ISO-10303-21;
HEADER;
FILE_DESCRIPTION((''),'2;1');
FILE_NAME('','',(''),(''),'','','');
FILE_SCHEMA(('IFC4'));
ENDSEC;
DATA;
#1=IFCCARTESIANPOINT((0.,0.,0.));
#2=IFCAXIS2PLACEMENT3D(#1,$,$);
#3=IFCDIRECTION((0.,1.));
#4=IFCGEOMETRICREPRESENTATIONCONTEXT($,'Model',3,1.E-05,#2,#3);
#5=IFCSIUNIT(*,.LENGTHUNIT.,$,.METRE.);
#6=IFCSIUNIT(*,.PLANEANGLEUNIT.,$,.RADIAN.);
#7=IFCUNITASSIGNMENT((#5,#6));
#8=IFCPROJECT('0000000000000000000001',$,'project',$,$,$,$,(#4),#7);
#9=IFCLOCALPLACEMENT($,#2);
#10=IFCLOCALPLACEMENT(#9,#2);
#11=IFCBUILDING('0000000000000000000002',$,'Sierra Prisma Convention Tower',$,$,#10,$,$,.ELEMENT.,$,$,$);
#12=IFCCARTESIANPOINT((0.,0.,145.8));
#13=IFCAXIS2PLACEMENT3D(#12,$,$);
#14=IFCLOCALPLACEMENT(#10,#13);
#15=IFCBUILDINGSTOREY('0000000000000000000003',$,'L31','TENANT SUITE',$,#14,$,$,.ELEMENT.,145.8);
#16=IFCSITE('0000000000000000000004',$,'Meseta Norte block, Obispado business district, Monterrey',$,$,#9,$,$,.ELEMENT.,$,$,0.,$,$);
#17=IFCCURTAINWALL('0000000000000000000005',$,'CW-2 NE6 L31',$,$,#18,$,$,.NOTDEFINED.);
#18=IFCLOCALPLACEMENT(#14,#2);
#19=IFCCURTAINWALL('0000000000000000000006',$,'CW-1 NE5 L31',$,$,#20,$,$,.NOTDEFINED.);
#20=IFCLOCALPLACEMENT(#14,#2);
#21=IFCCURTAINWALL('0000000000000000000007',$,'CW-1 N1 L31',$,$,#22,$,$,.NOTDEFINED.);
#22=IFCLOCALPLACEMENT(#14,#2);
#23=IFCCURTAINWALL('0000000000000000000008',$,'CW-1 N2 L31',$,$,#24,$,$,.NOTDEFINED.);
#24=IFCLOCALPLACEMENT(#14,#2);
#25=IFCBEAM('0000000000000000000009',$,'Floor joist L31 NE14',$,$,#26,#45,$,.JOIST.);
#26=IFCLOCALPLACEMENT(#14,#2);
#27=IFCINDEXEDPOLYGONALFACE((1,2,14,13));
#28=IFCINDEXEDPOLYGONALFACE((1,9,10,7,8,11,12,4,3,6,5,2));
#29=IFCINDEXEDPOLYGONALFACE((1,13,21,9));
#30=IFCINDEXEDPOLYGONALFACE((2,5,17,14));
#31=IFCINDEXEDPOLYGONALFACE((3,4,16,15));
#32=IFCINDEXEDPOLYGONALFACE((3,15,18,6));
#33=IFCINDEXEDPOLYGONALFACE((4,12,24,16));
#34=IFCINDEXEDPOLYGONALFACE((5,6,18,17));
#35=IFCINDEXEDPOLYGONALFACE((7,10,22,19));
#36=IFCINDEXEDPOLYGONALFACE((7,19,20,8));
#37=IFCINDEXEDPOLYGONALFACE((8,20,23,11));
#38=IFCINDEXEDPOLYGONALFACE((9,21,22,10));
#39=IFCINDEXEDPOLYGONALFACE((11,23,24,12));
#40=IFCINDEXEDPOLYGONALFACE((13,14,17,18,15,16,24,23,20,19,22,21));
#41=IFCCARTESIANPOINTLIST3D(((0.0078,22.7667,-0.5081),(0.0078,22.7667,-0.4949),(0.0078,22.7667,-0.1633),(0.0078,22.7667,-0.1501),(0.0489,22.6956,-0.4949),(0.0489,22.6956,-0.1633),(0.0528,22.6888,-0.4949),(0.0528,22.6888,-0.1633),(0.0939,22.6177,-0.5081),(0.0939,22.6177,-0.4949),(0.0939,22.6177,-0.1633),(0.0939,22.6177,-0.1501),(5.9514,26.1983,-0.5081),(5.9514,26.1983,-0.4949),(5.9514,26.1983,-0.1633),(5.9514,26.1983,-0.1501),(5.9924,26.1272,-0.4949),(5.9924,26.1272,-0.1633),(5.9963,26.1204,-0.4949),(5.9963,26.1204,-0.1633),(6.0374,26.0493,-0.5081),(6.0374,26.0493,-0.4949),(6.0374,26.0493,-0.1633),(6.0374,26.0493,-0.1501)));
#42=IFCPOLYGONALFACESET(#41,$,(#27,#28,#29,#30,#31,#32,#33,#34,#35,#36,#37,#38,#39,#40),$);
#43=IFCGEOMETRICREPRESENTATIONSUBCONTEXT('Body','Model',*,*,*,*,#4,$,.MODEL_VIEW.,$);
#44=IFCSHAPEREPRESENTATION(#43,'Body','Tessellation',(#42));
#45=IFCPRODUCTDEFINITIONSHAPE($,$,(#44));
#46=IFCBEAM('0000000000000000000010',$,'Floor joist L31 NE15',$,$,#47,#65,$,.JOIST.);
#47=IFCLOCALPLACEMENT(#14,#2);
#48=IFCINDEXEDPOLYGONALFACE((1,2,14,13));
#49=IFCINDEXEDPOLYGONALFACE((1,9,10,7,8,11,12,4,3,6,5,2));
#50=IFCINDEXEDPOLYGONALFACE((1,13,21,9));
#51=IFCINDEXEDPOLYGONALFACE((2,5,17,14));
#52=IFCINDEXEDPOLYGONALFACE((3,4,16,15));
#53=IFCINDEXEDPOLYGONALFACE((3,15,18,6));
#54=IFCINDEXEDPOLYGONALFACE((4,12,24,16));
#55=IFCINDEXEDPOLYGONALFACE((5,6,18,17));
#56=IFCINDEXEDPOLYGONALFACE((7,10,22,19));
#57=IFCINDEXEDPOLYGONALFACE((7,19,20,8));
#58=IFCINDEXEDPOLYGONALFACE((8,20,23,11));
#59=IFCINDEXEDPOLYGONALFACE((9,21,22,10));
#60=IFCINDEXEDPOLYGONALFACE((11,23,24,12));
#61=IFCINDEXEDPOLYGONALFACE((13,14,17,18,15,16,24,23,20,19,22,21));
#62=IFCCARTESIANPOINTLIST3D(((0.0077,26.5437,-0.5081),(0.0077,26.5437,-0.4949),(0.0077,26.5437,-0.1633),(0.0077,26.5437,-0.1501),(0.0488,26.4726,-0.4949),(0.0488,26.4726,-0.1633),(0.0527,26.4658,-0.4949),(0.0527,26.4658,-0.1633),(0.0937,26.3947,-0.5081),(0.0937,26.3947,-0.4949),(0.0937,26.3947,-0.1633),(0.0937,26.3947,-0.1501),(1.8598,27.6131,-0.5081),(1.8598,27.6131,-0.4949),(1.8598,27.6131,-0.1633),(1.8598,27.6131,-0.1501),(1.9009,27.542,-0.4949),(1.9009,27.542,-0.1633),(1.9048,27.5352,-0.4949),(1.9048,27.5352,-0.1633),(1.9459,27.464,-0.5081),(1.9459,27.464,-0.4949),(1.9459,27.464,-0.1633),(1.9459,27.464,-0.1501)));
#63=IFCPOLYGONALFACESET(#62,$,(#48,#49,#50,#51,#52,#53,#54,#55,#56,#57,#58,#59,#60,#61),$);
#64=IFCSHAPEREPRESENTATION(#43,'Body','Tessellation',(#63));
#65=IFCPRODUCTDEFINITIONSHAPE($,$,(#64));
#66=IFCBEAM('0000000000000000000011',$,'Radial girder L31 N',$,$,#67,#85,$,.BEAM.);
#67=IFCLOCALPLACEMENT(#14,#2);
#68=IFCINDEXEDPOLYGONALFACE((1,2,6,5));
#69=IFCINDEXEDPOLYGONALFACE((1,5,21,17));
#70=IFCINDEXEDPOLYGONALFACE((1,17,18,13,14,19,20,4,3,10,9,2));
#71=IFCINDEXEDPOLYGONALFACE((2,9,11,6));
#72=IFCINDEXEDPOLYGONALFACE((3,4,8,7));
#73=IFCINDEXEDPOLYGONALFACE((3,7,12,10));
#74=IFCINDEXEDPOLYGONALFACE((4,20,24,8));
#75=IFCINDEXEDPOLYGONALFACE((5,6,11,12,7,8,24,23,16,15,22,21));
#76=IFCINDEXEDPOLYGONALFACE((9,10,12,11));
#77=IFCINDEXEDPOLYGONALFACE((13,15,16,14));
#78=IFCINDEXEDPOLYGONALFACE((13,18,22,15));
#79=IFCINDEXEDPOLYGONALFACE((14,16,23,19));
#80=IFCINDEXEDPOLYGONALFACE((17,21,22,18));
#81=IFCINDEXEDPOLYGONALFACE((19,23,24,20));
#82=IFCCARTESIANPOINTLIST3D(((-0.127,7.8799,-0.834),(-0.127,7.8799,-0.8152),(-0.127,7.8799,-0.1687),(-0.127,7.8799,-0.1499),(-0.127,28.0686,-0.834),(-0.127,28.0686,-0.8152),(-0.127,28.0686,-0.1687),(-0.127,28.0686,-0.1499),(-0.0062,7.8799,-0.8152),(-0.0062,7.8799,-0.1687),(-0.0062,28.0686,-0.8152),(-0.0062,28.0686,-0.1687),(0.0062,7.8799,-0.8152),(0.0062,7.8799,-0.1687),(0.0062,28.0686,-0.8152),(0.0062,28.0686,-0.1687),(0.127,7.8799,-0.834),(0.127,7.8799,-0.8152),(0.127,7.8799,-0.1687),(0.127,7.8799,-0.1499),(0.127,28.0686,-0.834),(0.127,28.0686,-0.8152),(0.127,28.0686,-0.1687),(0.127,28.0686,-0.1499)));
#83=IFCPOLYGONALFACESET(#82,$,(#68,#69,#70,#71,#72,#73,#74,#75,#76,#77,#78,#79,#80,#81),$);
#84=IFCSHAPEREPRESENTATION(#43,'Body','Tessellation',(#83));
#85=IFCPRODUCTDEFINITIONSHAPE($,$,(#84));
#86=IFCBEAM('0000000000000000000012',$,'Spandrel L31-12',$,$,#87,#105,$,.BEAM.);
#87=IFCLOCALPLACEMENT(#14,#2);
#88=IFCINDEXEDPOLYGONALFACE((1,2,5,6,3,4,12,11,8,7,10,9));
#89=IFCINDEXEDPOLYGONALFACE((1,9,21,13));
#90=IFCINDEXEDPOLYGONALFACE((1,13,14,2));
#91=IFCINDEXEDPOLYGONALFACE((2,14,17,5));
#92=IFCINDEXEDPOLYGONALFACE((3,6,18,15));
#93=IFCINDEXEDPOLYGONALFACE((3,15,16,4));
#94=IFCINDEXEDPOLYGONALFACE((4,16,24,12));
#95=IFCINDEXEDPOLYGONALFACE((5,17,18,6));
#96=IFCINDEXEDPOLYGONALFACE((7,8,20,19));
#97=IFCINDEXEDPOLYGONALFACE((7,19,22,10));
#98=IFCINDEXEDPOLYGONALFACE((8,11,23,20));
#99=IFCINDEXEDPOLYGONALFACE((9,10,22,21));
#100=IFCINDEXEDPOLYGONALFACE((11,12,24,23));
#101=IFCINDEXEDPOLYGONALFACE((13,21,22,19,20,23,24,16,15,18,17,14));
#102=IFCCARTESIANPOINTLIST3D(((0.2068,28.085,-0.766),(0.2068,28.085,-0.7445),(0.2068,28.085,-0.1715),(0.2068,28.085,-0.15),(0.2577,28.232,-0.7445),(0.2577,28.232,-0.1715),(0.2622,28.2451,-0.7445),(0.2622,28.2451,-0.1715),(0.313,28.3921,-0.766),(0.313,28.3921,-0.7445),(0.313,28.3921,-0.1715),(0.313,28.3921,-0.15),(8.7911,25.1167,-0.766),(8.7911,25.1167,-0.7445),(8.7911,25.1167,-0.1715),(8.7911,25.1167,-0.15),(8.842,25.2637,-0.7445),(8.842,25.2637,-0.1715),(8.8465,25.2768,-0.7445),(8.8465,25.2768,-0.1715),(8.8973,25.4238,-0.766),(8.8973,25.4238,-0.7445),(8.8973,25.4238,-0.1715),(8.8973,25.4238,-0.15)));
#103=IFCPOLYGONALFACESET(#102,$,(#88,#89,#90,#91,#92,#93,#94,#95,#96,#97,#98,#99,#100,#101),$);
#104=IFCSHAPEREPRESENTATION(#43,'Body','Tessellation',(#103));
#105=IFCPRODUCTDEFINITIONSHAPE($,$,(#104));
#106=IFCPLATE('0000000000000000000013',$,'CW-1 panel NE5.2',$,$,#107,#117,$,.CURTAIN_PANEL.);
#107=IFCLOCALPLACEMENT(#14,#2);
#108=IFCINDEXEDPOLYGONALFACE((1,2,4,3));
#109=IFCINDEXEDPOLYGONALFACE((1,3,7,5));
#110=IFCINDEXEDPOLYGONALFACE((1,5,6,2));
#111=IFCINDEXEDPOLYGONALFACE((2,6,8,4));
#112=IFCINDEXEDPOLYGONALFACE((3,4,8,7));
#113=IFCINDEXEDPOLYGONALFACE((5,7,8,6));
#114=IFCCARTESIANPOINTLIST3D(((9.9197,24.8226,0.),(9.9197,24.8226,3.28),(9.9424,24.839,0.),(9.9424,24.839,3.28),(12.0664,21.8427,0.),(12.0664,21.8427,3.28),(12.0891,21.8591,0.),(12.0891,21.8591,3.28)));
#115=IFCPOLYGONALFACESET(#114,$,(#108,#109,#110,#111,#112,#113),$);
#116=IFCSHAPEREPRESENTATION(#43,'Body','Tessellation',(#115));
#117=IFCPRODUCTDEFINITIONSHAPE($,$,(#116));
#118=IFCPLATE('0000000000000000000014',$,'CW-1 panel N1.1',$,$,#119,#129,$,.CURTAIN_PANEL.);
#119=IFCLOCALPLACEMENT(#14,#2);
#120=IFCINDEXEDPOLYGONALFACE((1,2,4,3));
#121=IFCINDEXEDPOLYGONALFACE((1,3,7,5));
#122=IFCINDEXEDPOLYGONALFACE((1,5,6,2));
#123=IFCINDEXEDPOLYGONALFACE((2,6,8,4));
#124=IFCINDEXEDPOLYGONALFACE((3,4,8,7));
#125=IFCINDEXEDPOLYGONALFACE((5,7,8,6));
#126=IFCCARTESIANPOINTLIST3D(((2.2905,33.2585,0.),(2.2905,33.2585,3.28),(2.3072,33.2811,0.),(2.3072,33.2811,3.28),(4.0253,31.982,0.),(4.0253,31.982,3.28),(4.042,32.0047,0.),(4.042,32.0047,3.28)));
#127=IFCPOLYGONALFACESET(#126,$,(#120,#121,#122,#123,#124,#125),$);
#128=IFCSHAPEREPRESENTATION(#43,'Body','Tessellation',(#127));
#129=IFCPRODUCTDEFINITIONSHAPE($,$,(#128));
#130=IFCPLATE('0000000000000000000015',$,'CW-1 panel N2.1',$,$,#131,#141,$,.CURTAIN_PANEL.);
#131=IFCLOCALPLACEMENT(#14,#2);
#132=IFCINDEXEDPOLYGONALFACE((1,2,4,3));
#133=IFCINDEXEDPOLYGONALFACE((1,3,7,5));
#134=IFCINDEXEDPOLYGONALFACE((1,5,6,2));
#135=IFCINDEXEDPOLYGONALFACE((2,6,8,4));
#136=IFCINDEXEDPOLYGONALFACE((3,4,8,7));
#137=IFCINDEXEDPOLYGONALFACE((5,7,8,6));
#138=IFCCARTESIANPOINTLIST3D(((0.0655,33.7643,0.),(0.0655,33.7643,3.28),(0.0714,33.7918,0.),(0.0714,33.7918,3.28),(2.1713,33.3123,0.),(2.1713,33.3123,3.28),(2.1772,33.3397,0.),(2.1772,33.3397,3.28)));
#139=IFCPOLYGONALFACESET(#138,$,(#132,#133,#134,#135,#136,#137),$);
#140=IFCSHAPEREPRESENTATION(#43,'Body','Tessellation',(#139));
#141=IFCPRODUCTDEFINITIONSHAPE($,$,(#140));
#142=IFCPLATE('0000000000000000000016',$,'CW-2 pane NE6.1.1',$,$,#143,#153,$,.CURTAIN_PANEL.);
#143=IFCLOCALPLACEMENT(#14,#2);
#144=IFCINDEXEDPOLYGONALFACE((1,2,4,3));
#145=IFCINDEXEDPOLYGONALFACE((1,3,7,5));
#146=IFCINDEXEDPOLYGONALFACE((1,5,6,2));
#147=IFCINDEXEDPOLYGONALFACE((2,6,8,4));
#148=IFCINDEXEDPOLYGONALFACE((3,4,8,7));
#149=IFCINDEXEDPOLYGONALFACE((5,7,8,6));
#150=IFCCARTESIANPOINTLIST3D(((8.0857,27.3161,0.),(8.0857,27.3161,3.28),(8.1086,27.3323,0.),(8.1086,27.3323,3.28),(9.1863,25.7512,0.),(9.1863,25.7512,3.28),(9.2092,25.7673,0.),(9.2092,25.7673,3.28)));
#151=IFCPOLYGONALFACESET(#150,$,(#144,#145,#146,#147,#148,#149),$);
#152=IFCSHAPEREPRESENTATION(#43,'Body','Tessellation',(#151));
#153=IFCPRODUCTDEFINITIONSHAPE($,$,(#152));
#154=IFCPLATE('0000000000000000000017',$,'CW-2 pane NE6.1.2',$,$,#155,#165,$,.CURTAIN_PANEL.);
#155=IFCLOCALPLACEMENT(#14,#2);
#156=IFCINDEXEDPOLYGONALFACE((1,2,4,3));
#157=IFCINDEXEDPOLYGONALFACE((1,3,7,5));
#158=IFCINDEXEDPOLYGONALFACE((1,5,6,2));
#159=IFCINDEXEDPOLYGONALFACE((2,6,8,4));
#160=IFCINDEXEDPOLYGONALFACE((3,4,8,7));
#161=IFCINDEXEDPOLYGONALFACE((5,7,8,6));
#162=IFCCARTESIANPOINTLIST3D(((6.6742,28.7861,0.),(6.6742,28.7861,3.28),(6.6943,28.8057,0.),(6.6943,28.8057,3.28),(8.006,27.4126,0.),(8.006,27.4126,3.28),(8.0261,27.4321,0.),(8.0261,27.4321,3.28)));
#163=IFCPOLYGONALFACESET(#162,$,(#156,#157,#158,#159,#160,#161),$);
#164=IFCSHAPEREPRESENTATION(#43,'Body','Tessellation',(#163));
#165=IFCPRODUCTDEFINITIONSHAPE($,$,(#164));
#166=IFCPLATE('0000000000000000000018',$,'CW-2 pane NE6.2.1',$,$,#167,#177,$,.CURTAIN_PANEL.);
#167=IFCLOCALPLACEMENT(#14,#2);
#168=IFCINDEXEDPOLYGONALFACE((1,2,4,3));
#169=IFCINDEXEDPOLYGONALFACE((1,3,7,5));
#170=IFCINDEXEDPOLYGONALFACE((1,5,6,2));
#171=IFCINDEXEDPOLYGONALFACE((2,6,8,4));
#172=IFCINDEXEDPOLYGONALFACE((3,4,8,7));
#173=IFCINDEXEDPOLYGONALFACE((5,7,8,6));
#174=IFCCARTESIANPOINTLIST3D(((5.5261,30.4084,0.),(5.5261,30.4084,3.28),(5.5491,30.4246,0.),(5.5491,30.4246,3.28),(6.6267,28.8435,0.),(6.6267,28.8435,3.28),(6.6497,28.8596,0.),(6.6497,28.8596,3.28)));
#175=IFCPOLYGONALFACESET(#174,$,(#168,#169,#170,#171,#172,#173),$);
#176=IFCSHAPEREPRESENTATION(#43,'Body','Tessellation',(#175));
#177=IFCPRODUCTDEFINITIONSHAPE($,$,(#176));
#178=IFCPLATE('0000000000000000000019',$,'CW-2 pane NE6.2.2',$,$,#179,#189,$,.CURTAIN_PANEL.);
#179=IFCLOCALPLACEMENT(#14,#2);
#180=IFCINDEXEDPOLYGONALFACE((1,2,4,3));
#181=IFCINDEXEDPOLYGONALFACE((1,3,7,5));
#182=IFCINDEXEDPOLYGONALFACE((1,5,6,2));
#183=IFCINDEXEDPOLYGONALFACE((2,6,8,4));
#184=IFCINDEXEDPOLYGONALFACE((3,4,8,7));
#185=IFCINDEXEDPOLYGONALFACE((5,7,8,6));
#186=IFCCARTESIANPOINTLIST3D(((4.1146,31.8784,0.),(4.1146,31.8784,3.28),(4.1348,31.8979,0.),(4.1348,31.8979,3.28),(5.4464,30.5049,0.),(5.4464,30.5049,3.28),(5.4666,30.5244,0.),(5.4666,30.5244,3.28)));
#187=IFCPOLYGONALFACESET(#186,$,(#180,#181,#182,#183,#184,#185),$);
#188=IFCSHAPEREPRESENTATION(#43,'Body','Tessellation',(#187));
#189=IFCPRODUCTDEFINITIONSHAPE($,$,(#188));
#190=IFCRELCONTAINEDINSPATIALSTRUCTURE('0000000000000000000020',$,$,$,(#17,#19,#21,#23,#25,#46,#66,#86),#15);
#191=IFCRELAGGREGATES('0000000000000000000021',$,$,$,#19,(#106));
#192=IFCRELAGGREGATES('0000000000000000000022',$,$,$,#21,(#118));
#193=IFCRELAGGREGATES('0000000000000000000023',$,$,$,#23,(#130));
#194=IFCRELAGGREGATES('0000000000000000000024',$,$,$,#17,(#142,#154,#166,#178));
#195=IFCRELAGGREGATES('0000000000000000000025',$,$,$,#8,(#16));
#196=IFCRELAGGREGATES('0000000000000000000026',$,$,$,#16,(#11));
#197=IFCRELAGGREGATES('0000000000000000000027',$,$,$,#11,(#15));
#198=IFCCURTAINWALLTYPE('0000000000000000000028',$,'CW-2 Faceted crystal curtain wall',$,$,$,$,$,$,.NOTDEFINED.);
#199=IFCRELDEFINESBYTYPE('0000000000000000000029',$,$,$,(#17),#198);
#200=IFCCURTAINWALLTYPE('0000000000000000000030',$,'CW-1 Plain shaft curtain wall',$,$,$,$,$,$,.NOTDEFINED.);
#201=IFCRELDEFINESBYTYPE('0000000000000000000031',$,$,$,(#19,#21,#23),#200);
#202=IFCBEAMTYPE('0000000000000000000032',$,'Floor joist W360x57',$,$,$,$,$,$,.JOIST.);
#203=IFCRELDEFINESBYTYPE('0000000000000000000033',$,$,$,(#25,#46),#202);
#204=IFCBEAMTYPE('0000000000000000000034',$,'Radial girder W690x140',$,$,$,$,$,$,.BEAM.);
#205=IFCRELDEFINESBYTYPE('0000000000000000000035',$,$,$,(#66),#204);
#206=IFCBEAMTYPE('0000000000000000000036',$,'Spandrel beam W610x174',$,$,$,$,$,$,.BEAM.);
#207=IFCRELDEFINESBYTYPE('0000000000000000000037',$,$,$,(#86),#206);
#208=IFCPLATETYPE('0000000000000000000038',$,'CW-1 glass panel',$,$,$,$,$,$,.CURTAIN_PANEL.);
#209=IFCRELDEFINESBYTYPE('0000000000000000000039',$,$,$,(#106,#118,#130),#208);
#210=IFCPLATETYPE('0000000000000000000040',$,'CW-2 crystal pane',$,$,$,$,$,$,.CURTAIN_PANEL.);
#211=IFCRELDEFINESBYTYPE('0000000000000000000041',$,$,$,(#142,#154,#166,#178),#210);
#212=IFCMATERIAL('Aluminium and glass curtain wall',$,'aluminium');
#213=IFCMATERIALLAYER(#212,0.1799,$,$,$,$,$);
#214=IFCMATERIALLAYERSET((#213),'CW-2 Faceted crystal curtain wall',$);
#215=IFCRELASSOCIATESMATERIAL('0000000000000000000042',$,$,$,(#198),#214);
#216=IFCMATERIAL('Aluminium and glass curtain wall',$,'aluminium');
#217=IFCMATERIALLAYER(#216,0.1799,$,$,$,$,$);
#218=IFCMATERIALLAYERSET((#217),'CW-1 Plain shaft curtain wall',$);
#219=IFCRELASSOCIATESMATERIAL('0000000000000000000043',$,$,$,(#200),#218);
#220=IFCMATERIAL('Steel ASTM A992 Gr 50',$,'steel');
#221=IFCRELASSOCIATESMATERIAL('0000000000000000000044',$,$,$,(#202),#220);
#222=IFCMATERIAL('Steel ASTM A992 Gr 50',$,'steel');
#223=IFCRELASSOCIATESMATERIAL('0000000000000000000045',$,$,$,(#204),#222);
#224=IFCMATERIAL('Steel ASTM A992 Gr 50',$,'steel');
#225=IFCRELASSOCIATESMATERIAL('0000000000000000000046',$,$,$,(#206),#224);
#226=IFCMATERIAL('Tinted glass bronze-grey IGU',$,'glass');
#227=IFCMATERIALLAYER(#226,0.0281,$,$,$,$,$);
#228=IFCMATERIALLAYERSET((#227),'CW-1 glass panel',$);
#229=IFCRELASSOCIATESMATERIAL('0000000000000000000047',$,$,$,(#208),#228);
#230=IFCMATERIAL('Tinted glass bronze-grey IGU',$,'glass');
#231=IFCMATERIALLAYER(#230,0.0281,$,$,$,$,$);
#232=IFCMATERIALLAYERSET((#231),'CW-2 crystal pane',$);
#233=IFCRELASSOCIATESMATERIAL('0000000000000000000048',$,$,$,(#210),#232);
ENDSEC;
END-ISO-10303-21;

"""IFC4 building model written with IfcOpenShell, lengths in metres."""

from ifc_helpers import new_model, si_unit, direction, frame, origin, origin_2d, place, context, subcontext, project, spatial, polyline, rectangle, i_section, outline, extrude, material, layer, layer_set, material_profile, profile_set, type_object, element, aggregate, save


model = new_model("IFC4")

# Units and contexts
model_context = context("Model", 3, precision=1e-05, world=origin(), true_north=direction((0.0, 1.0)))
body_context = subcontext(model_context, "Body", "Model", "MODEL_VIEW")
ifc_project = project(units=[si_unit("LENGTHUNIT", "METRE"), si_unit("PLANEANGLEUNIT", "RADIAN")], contexts=[model_context])

# Site, building, storey
site_placement = place(None, origin())
site = spatial("IfcSite", under=ifc_project, at=site_placement, Name="Meseta Norte block, Obispado business district, Monterrey", CompositionType="ELEMENT", RefElevation=0.0)
building_placement = place(site_placement, origin())
building = spatial("IfcBuilding", under=site, at=building_placement, Name="Sierra Prisma Convention Tower", CompositionType="ELEMENT")
storey_placement = place(building_placement, frame((0.0, 0.0, 145.8)))
storey = spatial("IfcBuildingStorey", under=building, at=storey_placement, Name="L31", Description="TENANT SUITE", CompositionType="ELEMENT", Elevation=145.8)

# Curtain walls
ifc_material_1 = material(Name="Aluminium and glass curtain wall", Category="aluminium")
ifc_layer_1 = layer(ifc_material_1, 0.1799)
ifc_layer_set_1 = layer_set([ifc_layer_1], Name="CW-2 Faceted crystal curtain wall")
curtain_wall_type_1 = type_object("IfcCurtainWallType", Name="CW-2 Faceted crystal curtain wall", PredefinedType="NOTDEFINED", material=ifc_layer_set_1)
curtain_wall_1_placement = place(storey_placement, origin())
curtain_wall_1 = element("IfcCurtainWall", 1, at=curtain_wall_1_placement, inside=storey, type_object=curtain_wall_type_1, Name="CW-2 NE6 L31", PredefinedType="NOTDEFINED")
ifc_material_2 = material(Name="Aluminium and glass curtain wall", Category="aluminium")
ifc_layer_2 = layer(ifc_material_2, 0.1799)
ifc_layer_set_2 = layer_set([ifc_layer_2], Name="CW-1 Plain shaft curtain wall")
curtain_wall_type_2 = type_object("IfcCurtainWallType", Name="CW-1 Plain shaft curtain wall", PredefinedType="NOTDEFINED", material=ifc_layer_set_2)
curtain_wall_2_placement = place(storey_placement, origin())
curtain_wall_2 = element("IfcCurtainWall", 2, at=curtain_wall_2_placement, inside=storey, type_object=curtain_wall_type_2, Name="CW-1 NE5 L31", PredefinedType="NOTDEFINED")

# Curtain walls
curtain_wall_3_placement = place(storey_placement, origin())
curtain_wall_3 = element("IfcCurtainWall", 3, at=curtain_wall_3_placement, inside=storey, type_object=curtain_wall_type_2, Name="CW-1 N1 L31", PredefinedType="NOTDEFINED")
curtain_wall_4_placement = place(storey_placement, origin())
curtain_wall_4 = element("IfcCurtainWall", 4, at=curtain_wall_4_placement, inside=storey, type_object=curtain_wall_type_2, Name="CW-1 N2 L31", PredefinedType="NOTDEFINED")

# Beams
ifc_material_3 = material(Name="Steel ASTM A992 Gr 50", Category="steel")
ifc_material_profile_1 = material_profile(ifc_material_3, i_section(OverallWidth=0.1721, OverallDepth=0.3579, WebThickness=0.0078, FlangeThickness=0.0132, at=origin_2d()), Name="W360x57")
ifc_profile_set_1 = profile_set([ifc_material_profile_1], Name="Steel ASTM A992 Gr 50")
beam_type_1 = type_object("IfcBeamType", Name="Floor joist W360x57", PredefinedType="JOIST", material=ifc_profile_set_1)
beam_1_placement = place(storey_placement, frame((5.9944, 26.1238, -0.3291), z_axis=(-0.866019, -0.500011, 0.0), x_axis=(0.500011, -0.866019, 0.0)))
element("IfcBeam", 5, at=beam_1_placement, inside=storey, type_object=beam_type_1, Name="Floor joist L31 NE14", PredefinedType="JOIST", context=body_context, shape_type="SweptSolid", body=[
    extrude(i_section(OverallWidth=0.1721, OverallDepth=0.3579, WebThickness=0.0078, FlangeThickness=0.0132, at=origin_2d()), origin(), (0.0, 0.0, 1.0), 6.863),
])
beam_2_placement = place(storey_placement, frame((1.9028, 27.5386, -0.3291), z_axis=(-0.866014, -0.500019, 0.0), x_axis=(0.500019, -0.866014, 0.0)))
element("IfcBeam", 6, at=beam_2_placement, inside=storey, type_object=beam_type_1, Name="Floor joist L31 NE15", PredefinedType="JOIST", context=body_context, shape_type="SweptSolid", body=[
    extrude(i_section(OverallWidth=0.1721, OverallDepth=0.3579, WebThickness=0.0078, FlangeThickness=0.0132, at=origin_2d()), origin(), (0.0, 0.0, 1.0), 2.1387),
])
ifc_material_4 = material(Name="Steel ASTM A992 Gr 50", Category="steel")
ifc_material_profile_2 = material_profile(ifc_material_4, i_section(OverallWidth=0.2539, OverallDepth=0.6841, WebThickness=0.0125, FlangeThickness=0.0188, at=origin_2d()), Name="W690x140")
ifc_profile_set_2 = profile_set([ifc_material_profile_2], Name="Steel ASTM A992 Gr 50")
beam_type_2 = type_object("IfcBeamType", Name="Radial girder W690x140", PredefinedType="BEAM", material=ifc_profile_set_2)
beam_3_placement = place(storey_placement, frame((0.0, 28.0686, -0.4919), z_axis=(0.0, -1.0, 0.0), x_axis=(1.0, 0.0, 0.0)))
element("IfcBeam", 7, at=beam_3_placement, inside=storey, type_object=beam_type_2, Name="Radial girder L31 N", PredefinedType="BEAM", context=body_context, shape_type="SweptSolid", body=[
    extrude(i_section(OverallWidth=0.2539, OverallDepth=0.6841, WebThickness=0.0125, FlangeThickness=0.0188, at=origin_2d()), origin(), (0.0, 0.0, 1.0), 20.1887),
])
ifc_material_5 = material(Name="Steel ASTM A992 Gr 50", Category="steel")
ifc_material_profile_3 = material_profile(ifc_material_5, i_section(OverallWidth=0.325, OverallDepth=0.616, WebThickness=0.0139, FlangeThickness=0.0215, at=origin_2d()), Name="W610x174")
ifc_profile_set_3 = profile_set([ifc_material_profile_3], Name="Steel ASTM A992 Gr 50")
beam_type_3 = type_object("IfcBeamType", Name="Spandrel beam W610x174", PredefinedType="BEAM", material=ifc_profile_set_3)
beam_4_placement = place(storey_placement, frame((8.8442, 25.2703, -0.458), z_axis=(-0.945095, 0.326796, 0.0), x_axis=(-0.326796, -0.945095, 0.0)))
element("IfcBeam", 8, at=beam_4_placement, inside=storey, type_object=beam_type_3, Name="Spandrel L31-12", PredefinedType="BEAM", context=body_context, shape_type="SweptSolid", body=[
    extrude(i_section(OverallWidth=0.325, OverallDepth=0.616, WebThickness=0.0139, FlangeThickness=0.0215, at=origin_2d()), origin(), (0.0, 0.0, 1.0), 9.083),
])

# Plates
ifc_material_6 = material(Name="Tinted glass bronze-grey IGU", Category="glass")
ifc_layer_3 = layer(ifc_material_6, 0.0281)
ifc_layer_set_3 = layer_set([ifc_layer_3], Name="CW-1 glass panel")
plate_type_1 = type_object("IfcPlateType", Name="CW-1 glass panel", PredefinedType="CURTAIN_PANEL", material=ifc_layer_set_3)
plate_1_placement = place(storey_placement, frame((11.0044, 23.3408, 0.0), z_axis=(0.0, 0.0, 1.0), x_axis=(-0.584519, 0.81138, 0.0)))
plate_1 = element("IfcPlate", 9, at=plate_1_placement, type_object=plate_type_1, Name="CW-1 panel NE5.2", PredefinedType="CURTAIN_PANEL", context=body_context, shape_type="SweptSolid", body=[
    extrude(rectangle(XDim=3.6726, YDim=0.0281, at=origin_2d()), origin(), (0.0, 0.0, 1.0), 3.28),
])
aggregate(curtain_wall_2, [plate_1])
plate_2_placement = place(storey_placement, frame((3.1663, 32.6316, 0.0), z_axis=(0.0, 0.0, 1.0), x_axis=(-0.805448, 0.592667, 0.0)))
plate_2 = element("IfcPlate", 10, at=plate_2_placement, type_object=plate_type_1, Name="CW-1 panel N1.1", PredefinedType="CURTAIN_PANEL", context=body_context, shape_type="SweptSolid", body=[
    extrude(rectangle(XDim=2.1538, YDim=0.0281, at=origin_2d()), origin(), (0.0, 0.0, 1.0), 3.28),
])
aggregate(curtain_wall_3, [plate_2])
plate_3_placement = place(storey_placement, frame((1.1213, 33.552, 0.0), z_axis=(0.0, 0.0, 1.0), x_axis=(-0.977727, 0.209883, 0.0)))
plate_3 = element("IfcPlate", 11, at=plate_3_placement, type_object=plate_type_1, Name="CW-1 panel N2.1", PredefinedType="CURTAIN_PANEL", context=body_context, shape_type="SweptSolid", body=[
    extrude(rectangle(XDim=2.1538, YDim=0.0281, at=origin_2d()), origin(), (0.0, 0.0, 1.0), 3.28),
])
aggregate(curtain_wall_4, [plate_3])
ifc_material_7 = material(Name="Tinted glass bronze-grey IGU", Category="glass")
ifc_layer_4 = layer(ifc_material_7, 0.0281)
ifc_layer_set_4 = layer_set([ifc_layer_4], Name="CW-2 crystal pane")
plate_type_2 = type_object("IfcPlateType", Name="CW-2 crystal pane", PredefinedType="CURTAIN_PANEL", material=ifc_layer_set_4)
plate_4_placement = place(storey_placement, frame((9.2092, 25.7673, 0.0), z_axis=(0.817971, 0.575259, 0.0), x_axis=(-0.575259, 0.817971, 0.0)))
plate_4 = element("IfcPlate", 12, at=plate_4_placement, type_object=plate_type_2, Name="CW-2 pane NE6.1.1", PredefinedType="CURTAIN_PANEL", context=body_context, shape_type="SweptSolid", body=[
    extrude(outline(polyline([(0.0, 0.0), (1.9132, 0.0), (1.9132, 3.28), (0.0, 3.28), (0.0, 0.0)])), origin(), (0.0, 0.0, -1.0), 0.0281),
])
plate_5_placement = place(storey_placement, frame((6.6943, 28.8057, 0.0), z_axis=(0.717933, 0.696112, 0.0), x_axis=(0.696112, -0.717933, 0.0)))
plate_5 = element("IfcPlate", 13, at=plate_5_placement, type_object=plate_type_2, Name="CW-2 pane NE6.1.2", PredefinedType="CURTAIN_PANEL", context=body_context, shape_type="SweptSolid", body=[
    extrude(outline(polyline([(0.0, 0.0), (1.9132, 0.0), (1.9132, -3.28), (0.0, -3.28), (0.0, 0.0)])), origin(), (0.0, 0.0, -1.0), 0.0281),
])
plate_6_placement = place(storey_placement, frame((6.6497, 28.8596, 0.0), z_axis=(0.817971, 0.575259, 0.0), x_axis=(-0.575259, 0.817971, 0.0)))
plate_6 = element("IfcPlate", 14, at=plate_6_placement, type_object=plate_type_2, Name="CW-2 pane NE6.2.1", PredefinedType="CURTAIN_PANEL", context=body_context, shape_type="SweptSolid", body=[
    extrude(outline(polyline([(0.0, 0.0), (1.9132, 0.0), (1.9132, 3.28), (0.0, 3.28), (0.0, 0.0)])), origin(), (0.0, 0.0, -1.0), 0.0281),
])
plate_7_placement = place(storey_placement, frame((4.1348, 31.8979, 0.0), z_axis=(0.717933, 0.696112, 0.0), x_axis=(0.696112, -0.717933, 0.0)))
plate_7 = element("IfcPlate", 15, at=plate_7_placement, type_object=plate_type_2, Name="CW-2 pane NE6.2.2", PredefinedType="CURTAIN_PANEL", context=body_context, shape_type="SweptSolid", body=[
    extrude(outline(polyline([(0.0, 0.0), (1.9132, 0.0), (1.9132, -3.28), (0.0, -3.28), (0.0, 0.0)])), origin(), (0.0, 0.0, -1.0), 0.0281),
])
aggregate(curtain_wall_1, [plate_4, plate_5, plate_6, plate_7])

save(model, "model.ifc")
